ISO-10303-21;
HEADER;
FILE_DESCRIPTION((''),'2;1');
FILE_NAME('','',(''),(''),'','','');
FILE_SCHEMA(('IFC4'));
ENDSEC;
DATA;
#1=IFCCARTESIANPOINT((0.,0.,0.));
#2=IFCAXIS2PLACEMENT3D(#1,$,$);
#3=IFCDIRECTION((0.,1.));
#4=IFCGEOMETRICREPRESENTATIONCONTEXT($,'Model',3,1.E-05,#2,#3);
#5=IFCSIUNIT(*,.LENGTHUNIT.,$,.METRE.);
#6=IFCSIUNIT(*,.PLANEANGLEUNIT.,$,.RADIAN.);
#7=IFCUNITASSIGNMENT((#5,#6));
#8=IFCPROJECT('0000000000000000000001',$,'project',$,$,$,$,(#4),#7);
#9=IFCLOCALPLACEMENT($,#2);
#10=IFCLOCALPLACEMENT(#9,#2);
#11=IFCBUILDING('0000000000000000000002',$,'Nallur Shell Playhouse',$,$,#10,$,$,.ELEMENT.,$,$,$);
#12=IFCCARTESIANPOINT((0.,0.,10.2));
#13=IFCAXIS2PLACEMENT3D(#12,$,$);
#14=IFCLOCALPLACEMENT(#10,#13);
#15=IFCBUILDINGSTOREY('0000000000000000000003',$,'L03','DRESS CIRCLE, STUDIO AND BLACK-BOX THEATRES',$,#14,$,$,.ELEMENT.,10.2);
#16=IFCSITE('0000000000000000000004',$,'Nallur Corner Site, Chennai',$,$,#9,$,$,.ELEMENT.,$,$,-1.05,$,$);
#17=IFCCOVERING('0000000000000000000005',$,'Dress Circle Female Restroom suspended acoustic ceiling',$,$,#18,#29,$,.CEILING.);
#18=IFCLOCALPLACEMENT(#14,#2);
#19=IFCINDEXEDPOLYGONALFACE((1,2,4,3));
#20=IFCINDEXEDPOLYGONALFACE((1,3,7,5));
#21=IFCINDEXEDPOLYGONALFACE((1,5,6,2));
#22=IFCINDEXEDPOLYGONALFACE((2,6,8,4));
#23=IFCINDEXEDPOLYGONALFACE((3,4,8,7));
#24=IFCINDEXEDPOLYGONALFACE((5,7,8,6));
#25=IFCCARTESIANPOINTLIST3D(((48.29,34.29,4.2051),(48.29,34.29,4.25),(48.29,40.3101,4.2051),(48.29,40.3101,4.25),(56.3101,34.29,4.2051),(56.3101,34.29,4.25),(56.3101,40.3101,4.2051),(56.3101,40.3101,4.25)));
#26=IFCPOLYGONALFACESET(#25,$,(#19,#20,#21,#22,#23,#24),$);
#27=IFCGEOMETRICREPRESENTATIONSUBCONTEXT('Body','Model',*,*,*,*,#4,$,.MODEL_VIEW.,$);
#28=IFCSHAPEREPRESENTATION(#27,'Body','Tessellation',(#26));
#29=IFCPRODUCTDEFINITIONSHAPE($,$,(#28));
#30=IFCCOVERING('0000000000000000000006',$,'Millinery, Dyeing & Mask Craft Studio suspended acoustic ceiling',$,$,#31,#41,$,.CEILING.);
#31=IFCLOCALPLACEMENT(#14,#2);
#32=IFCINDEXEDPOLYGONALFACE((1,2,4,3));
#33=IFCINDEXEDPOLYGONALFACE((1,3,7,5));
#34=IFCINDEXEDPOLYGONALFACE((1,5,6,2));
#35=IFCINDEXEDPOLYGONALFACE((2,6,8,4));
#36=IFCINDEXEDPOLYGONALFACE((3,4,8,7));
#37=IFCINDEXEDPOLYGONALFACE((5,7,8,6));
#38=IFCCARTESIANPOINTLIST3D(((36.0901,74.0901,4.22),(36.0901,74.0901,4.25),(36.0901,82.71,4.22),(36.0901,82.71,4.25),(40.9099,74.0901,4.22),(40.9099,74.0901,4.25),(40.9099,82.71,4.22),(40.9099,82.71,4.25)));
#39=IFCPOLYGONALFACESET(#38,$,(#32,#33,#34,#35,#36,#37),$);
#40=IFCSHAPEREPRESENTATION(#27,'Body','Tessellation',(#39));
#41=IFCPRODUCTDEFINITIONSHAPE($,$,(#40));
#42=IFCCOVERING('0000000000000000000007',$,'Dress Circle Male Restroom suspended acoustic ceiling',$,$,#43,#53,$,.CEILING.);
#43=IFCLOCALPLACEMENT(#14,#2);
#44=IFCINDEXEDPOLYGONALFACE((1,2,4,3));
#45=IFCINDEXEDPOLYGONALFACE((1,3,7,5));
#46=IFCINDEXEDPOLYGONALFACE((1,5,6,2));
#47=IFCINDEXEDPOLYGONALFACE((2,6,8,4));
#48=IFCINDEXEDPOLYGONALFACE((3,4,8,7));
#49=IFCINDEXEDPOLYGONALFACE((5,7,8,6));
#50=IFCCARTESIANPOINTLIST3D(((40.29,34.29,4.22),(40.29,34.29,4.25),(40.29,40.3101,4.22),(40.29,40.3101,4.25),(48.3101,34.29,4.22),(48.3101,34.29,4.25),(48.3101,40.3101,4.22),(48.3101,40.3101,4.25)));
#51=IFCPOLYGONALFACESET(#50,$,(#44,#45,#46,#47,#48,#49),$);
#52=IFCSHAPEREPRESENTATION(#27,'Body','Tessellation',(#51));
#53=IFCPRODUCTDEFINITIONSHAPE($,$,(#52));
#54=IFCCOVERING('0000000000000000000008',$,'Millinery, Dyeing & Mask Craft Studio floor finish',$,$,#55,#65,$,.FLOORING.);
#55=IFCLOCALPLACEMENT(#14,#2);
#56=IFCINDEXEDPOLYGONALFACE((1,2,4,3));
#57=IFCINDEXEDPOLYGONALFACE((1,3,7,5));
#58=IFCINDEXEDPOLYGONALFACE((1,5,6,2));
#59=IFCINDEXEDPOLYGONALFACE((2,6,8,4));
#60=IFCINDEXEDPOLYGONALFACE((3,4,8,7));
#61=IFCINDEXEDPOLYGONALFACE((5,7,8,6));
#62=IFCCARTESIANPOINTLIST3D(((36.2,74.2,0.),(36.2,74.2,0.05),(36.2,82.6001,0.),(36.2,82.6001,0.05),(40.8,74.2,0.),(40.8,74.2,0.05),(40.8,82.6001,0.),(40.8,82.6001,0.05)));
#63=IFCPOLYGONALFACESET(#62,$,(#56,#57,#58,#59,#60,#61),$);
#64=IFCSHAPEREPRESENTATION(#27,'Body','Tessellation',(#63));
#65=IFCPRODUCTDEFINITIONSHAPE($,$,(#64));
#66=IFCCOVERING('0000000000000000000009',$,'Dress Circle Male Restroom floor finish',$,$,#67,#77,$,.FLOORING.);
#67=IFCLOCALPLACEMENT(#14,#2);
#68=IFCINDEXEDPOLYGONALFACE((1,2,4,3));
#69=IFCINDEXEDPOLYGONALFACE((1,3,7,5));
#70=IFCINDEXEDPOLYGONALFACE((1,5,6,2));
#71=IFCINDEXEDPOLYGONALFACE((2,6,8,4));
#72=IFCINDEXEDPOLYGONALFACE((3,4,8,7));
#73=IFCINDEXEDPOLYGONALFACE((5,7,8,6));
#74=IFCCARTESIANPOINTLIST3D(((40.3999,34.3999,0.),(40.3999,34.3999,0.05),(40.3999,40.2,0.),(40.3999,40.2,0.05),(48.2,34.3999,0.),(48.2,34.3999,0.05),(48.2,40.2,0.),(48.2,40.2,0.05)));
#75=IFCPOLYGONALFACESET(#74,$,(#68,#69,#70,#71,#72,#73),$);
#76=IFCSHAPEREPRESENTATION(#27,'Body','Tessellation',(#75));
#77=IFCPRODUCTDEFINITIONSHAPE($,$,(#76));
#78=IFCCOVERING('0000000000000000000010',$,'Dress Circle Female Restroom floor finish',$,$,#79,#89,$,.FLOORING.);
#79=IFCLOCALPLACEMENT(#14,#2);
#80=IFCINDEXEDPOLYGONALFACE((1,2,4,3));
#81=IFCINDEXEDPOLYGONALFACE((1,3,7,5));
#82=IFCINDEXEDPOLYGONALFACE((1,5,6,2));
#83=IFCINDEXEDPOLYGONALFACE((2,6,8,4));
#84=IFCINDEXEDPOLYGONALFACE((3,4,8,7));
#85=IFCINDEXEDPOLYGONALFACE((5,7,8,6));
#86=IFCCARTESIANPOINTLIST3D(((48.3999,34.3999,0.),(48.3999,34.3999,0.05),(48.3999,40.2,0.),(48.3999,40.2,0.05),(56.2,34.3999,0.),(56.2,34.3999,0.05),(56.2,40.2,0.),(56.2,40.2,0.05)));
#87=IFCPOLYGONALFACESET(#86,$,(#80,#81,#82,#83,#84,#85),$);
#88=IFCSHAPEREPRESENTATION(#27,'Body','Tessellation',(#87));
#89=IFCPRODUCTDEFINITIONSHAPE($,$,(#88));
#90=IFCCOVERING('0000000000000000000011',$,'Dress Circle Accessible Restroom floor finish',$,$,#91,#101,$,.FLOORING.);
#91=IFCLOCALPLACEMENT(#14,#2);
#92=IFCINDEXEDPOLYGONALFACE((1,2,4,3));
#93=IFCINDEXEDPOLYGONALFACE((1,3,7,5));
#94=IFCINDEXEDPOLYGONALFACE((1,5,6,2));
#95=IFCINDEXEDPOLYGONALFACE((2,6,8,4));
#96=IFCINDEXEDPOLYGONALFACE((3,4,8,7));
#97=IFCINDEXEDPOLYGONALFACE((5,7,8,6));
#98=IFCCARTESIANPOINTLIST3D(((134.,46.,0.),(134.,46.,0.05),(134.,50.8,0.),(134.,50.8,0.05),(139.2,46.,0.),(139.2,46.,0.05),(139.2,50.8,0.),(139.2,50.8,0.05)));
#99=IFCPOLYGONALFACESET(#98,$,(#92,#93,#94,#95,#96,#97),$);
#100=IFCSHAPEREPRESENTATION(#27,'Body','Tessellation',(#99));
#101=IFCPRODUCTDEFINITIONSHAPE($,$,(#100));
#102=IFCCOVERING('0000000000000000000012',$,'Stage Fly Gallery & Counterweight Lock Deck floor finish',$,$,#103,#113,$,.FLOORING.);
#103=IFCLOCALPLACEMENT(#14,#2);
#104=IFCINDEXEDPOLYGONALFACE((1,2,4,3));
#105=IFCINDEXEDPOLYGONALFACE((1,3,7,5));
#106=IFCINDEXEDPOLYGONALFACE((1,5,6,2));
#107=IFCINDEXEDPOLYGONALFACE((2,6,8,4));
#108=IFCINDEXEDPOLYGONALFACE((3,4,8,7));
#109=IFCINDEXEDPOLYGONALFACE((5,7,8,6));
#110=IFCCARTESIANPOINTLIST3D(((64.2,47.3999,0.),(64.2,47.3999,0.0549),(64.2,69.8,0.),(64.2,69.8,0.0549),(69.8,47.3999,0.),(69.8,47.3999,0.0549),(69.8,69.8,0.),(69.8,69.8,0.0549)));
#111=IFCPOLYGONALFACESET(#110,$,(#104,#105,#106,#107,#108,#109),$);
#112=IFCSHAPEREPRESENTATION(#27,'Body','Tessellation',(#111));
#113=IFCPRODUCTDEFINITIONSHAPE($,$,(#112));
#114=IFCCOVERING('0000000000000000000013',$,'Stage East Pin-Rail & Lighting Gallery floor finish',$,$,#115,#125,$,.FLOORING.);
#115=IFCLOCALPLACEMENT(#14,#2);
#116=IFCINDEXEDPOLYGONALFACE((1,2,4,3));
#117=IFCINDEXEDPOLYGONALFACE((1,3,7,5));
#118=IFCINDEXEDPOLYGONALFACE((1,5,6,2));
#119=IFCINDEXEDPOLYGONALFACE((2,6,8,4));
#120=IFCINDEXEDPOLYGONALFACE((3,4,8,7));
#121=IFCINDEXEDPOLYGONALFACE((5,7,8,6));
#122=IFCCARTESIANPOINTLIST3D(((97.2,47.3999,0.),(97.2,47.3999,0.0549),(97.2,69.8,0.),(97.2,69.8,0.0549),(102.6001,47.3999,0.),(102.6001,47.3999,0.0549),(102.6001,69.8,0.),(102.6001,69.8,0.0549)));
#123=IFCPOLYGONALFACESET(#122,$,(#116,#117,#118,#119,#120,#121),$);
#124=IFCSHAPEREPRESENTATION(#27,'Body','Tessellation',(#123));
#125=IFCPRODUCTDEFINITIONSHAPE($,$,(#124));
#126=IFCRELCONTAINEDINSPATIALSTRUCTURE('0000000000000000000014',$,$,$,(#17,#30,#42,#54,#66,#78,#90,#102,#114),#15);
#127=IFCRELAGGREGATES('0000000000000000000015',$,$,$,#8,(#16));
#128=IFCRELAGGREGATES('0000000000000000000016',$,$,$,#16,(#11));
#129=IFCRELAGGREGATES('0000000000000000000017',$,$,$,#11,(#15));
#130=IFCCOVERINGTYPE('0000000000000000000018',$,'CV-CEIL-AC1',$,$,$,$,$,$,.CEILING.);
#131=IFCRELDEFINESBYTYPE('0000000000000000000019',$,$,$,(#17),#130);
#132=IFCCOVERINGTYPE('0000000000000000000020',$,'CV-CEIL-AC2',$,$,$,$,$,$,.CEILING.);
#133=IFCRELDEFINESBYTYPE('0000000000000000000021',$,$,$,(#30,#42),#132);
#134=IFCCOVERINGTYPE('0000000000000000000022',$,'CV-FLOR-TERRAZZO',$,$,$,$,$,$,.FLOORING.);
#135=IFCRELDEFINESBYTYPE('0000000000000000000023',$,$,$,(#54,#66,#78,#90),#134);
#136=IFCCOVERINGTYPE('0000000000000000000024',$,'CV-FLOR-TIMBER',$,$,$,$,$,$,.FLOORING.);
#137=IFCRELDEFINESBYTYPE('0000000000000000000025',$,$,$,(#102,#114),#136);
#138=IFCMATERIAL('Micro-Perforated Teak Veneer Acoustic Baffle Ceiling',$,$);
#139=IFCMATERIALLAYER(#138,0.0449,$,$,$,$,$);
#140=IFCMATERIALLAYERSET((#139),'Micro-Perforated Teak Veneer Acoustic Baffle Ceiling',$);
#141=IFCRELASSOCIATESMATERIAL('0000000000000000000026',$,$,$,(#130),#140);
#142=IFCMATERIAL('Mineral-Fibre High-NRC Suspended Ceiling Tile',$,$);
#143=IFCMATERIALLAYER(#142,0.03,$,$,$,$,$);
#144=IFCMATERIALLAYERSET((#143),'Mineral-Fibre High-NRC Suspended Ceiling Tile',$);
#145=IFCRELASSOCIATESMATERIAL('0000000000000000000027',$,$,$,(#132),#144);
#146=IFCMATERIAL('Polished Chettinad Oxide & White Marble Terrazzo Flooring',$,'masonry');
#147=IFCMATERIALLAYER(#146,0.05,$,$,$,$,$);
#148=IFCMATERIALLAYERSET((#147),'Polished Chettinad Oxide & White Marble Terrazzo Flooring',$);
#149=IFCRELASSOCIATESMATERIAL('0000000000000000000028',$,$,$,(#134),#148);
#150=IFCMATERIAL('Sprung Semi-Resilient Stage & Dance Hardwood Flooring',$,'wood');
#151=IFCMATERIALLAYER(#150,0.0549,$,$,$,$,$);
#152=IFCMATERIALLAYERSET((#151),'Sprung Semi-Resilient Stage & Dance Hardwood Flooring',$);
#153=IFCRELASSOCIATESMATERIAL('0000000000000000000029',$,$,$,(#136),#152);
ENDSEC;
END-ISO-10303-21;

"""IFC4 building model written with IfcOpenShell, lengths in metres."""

from ifc_helpers import new_model, si_unit, direction, frame, origin, place, context, subcontext, project, spatial, polyline, outline, extrude, material, layer, layer_set, type_object, element, save


model = new_model("IFC4")

# Units and contexts
model_context = context("Model", 3, precision=1e-05, world=origin(), true_north=direction((0.0, 1.0)))
body_context = subcontext(model_context, "Body", "Model", "MODEL_VIEW")
ifc_project = project(units=[si_unit("LENGTHUNIT", "METRE"), si_unit("PLANEANGLEUNIT", "RADIAN")], contexts=[model_context])

# Site, building, storey
site_placement = place(None, origin())
site = spatial("IfcSite", under=ifc_project, at=site_placement, Name="Nallur Corner Site, Chennai", CompositionType="ELEMENT", RefElevation=-1.05)
building_placement = place(site_placement, origin())
building = spatial("IfcBuilding", under=site, at=building_placement, Name="Nallur Shell Playhouse", CompositionType="ELEMENT")
storey_placement = place(building_placement, frame((0.0, 0.0, 10.2)))
storey = spatial("IfcBuildingStorey", under=building, at=storey_placement, Name="L03", Description="DRESS CIRCLE, STUDIO AND BLACK-BOX THEATRES", CompositionType="ELEMENT", Elevation=10.2)

# Coverings
ifc_material_1 = material(Name="Micro-Perforated Teak Veneer Acoustic Baffle Ceiling")
ifc_layer_1 = layer(ifc_material_1, 0.0449)
ifc_layer_set_1 = layer_set([ifc_layer_1], Name="Micro-Perforated Teak Veneer Acoustic Baffle Ceiling")
covering_type_1 = type_object("IfcCoveringType", Name="CV-CEIL-AC1", PredefinedType="CEILING", material=ifc_layer_set_1)
covering_1_placement = place(storey_placement, frame((0.0, 0.0, 4.2051)))
element("IfcCovering", 1, at=covering_1_placement, inside=storey, type_object=covering_type_1, Name="Dress Circle Female Restroom suspended acoustic ceiling", PredefinedType="CEILING", context=body_context, shape_type="SweptSolid", body=[
    extrude(outline(polyline([(56.3101, 40.3101), (56.3101, 34.29), (48.29, 34.29), (48.29, 40.3101), (56.3101, 40.3101)])), origin(), (0.0, 0.0, 1.0), 0.0449),
])
ifc_material_2 = material(Name="Mineral-Fibre High-NRC Suspended Ceiling Tile")
ifc_layer_2 = layer(ifc_material_2, 0.03)
ifc_layer_set_2 = layer_set([ifc_layer_2], Name="Mineral-Fibre High-NRC Suspended Ceiling Tile")
covering_type_2 = type_object("IfcCoveringType", Name="CV-CEIL-AC2", PredefinedType="CEILING", material=ifc_layer_set_2)
covering_2_placement = place(storey_placement, frame((0.0, 0.0, 4.22)))
element("IfcCovering", 2, at=covering_2_placement, inside=storey, type_object=covering_type_2, Name="Millinery, Dyeing & Mask Craft Studio suspended acoustic ceiling", PredefinedType="CEILING", context=body_context, shape_type="SweptSolid", body=[
    extrude(outline(polyline([(40.9099, 82.71), (40.9099, 74.0901), (36.0901, 74.0901), (36.0901, 82.71), (40.9099, 82.71)])), origin(), (0.0, 0.0, 1.0), 0.03),
])
covering_3_placement = place(storey_placement, frame((0.0, 0.0, 4.22)))
element("IfcCovering", 3, at=covering_3_placement, inside=storey, type_object=covering_type_2, Name="Dress Circle Male Restroom suspended acoustic ceiling", PredefinedType="CEILING", context=body_context, shape_type="SweptSolid", body=[
    extrude(outline(polyline([(48.3101, 40.3101), (48.3101, 34.29), (40.29, 34.29), (40.29, 40.3101), (48.3101, 40.3101)])), origin(), (0.0, 0.0, 1.0), 0.03),
])
ifc_material_3 = material(Name="Polished Chettinad Oxide & White Marble Terrazzo Flooring", Category="masonry")
ifc_layer_3 = layer(ifc_material_3, 0.05)
ifc_layer_set_3 = layer_set([ifc_layer_3], Name="Polished Chettinad Oxide & White Marble Terrazzo Flooring")
covering_type_3 = type_object("IfcCoveringType", Name="CV-FLOR-TERRAZZO", PredefinedType="FLOORING", material=ifc_layer_set_3)
covering_4_placement = place(storey_placement, origin())
element("IfcCovering", 4, at=covering_4_placement, inside=storey, type_object=covering_type_3, Name="Millinery, Dyeing & Mask Craft Studio floor finish", PredefinedType="FLOORING", context=body_context, shape_type="SweptSolid", body=[
    extrude(outline(polyline([(40.8, 82.6001), (40.8, 74.2), (36.2, 74.2), (36.2, 82.6001), (40.8, 82.6001)])), origin(), (0.0, 0.0, 1.0), 0.05),
])
covering_5_placement = place(storey_placement, origin())
element("IfcCovering", 5, at=covering_5_placement, inside=storey, type_object=covering_type_3, Name="Dress Circle Male Restroom floor finish", PredefinedType="FLOORING", context=body_context, shape_type="SweptSolid", body=[
    extrude(outline(polyline([(48.2, 40.2), (48.2, 34.3999), (40.3999, 34.3999), (40.3999, 40.2), (48.2, 40.2)])), origin(), (0.0, 0.0, 1.0), 0.05),
])
covering_6_placement = place(storey_placement, origin())
element("IfcCovering", 6, at=covering_6_placement, inside=storey, type_object=covering_type_3, Name="Dress Circle Female Restroom floor finish", PredefinedType="FLOORING", context=body_context, shape_type="SweptSolid", body=[
    extrude(outline(polyline([(56.2, 40.2), (56.2, 34.3999), (48.3999, 34.3999), (48.3999, 40.2), (56.2, 40.2)])), origin(), (0.0, 0.0, 1.0), 0.05),
])
covering_7_placement = place(storey_placement, origin())
element("IfcCovering", 7, at=covering_7_placement, inside=storey, type_object=covering_type_3, Name="Dress Circle Accessible Restroom floor finish", PredefinedType="FLOORING", context=body_context, shape_type="SweptSolid", body=[
    extrude(outline(polyline([(139.2, 50.8), (139.2, 46.0), (134.0, 46.0), (134.0, 50.8), (139.2, 50.8)])), origin(), (0.0, 0.0, 1.0), 0.05),
])
ifc_material_4 = material(Name="Sprung Semi-Resilient Stage & Dance Hardwood Flooring", Category="wood")
ifc_layer_4 = layer(ifc_material_4, 0.0549)
ifc_layer_set_4 = layer_set([ifc_layer_4], Name="Sprung Semi-Resilient Stage & Dance Hardwood Flooring")
covering_type_4 = type_object("IfcCoveringType", Name="CV-FLOR-TIMBER", PredefinedType="FLOORING", material=ifc_layer_set_4)
covering_8_placement = place(storey_placement, origin())
element("IfcCovering", 8, at=covering_8_placement, inside=storey, type_object=covering_type_4, Name="Stage Fly Gallery & Counterweight Lock Deck floor finish", PredefinedType="FLOORING", context=body_context, shape_type="SweptSolid", body=[
    extrude(outline(polyline([(69.8, 69.8), (69.8, 47.3999), (64.2, 47.3999), (64.2, 69.8), (69.8, 69.8)])), origin(), (0.0, 0.0, 1.0), 0.0549),
])
covering_9_placement = place(storey_placement, origin())
element("IfcCovering", 9, at=covering_9_placement, inside=storey, type_object=covering_type_4, Name="Stage East Pin-Rail & Lighting Gallery floor finish", PredefinedType="FLOORING", context=body_context, shape_type="SweptSolid", body=[
    extrude(outline(polyline([(102.6001, 69.8), (102.6001, 47.3999), (97.2, 47.3999), (97.2, 69.8), (102.6001, 69.8)])), origin(), (0.0, 0.0, 1.0), 0.0549),
])

save(model, "model.ifc")
